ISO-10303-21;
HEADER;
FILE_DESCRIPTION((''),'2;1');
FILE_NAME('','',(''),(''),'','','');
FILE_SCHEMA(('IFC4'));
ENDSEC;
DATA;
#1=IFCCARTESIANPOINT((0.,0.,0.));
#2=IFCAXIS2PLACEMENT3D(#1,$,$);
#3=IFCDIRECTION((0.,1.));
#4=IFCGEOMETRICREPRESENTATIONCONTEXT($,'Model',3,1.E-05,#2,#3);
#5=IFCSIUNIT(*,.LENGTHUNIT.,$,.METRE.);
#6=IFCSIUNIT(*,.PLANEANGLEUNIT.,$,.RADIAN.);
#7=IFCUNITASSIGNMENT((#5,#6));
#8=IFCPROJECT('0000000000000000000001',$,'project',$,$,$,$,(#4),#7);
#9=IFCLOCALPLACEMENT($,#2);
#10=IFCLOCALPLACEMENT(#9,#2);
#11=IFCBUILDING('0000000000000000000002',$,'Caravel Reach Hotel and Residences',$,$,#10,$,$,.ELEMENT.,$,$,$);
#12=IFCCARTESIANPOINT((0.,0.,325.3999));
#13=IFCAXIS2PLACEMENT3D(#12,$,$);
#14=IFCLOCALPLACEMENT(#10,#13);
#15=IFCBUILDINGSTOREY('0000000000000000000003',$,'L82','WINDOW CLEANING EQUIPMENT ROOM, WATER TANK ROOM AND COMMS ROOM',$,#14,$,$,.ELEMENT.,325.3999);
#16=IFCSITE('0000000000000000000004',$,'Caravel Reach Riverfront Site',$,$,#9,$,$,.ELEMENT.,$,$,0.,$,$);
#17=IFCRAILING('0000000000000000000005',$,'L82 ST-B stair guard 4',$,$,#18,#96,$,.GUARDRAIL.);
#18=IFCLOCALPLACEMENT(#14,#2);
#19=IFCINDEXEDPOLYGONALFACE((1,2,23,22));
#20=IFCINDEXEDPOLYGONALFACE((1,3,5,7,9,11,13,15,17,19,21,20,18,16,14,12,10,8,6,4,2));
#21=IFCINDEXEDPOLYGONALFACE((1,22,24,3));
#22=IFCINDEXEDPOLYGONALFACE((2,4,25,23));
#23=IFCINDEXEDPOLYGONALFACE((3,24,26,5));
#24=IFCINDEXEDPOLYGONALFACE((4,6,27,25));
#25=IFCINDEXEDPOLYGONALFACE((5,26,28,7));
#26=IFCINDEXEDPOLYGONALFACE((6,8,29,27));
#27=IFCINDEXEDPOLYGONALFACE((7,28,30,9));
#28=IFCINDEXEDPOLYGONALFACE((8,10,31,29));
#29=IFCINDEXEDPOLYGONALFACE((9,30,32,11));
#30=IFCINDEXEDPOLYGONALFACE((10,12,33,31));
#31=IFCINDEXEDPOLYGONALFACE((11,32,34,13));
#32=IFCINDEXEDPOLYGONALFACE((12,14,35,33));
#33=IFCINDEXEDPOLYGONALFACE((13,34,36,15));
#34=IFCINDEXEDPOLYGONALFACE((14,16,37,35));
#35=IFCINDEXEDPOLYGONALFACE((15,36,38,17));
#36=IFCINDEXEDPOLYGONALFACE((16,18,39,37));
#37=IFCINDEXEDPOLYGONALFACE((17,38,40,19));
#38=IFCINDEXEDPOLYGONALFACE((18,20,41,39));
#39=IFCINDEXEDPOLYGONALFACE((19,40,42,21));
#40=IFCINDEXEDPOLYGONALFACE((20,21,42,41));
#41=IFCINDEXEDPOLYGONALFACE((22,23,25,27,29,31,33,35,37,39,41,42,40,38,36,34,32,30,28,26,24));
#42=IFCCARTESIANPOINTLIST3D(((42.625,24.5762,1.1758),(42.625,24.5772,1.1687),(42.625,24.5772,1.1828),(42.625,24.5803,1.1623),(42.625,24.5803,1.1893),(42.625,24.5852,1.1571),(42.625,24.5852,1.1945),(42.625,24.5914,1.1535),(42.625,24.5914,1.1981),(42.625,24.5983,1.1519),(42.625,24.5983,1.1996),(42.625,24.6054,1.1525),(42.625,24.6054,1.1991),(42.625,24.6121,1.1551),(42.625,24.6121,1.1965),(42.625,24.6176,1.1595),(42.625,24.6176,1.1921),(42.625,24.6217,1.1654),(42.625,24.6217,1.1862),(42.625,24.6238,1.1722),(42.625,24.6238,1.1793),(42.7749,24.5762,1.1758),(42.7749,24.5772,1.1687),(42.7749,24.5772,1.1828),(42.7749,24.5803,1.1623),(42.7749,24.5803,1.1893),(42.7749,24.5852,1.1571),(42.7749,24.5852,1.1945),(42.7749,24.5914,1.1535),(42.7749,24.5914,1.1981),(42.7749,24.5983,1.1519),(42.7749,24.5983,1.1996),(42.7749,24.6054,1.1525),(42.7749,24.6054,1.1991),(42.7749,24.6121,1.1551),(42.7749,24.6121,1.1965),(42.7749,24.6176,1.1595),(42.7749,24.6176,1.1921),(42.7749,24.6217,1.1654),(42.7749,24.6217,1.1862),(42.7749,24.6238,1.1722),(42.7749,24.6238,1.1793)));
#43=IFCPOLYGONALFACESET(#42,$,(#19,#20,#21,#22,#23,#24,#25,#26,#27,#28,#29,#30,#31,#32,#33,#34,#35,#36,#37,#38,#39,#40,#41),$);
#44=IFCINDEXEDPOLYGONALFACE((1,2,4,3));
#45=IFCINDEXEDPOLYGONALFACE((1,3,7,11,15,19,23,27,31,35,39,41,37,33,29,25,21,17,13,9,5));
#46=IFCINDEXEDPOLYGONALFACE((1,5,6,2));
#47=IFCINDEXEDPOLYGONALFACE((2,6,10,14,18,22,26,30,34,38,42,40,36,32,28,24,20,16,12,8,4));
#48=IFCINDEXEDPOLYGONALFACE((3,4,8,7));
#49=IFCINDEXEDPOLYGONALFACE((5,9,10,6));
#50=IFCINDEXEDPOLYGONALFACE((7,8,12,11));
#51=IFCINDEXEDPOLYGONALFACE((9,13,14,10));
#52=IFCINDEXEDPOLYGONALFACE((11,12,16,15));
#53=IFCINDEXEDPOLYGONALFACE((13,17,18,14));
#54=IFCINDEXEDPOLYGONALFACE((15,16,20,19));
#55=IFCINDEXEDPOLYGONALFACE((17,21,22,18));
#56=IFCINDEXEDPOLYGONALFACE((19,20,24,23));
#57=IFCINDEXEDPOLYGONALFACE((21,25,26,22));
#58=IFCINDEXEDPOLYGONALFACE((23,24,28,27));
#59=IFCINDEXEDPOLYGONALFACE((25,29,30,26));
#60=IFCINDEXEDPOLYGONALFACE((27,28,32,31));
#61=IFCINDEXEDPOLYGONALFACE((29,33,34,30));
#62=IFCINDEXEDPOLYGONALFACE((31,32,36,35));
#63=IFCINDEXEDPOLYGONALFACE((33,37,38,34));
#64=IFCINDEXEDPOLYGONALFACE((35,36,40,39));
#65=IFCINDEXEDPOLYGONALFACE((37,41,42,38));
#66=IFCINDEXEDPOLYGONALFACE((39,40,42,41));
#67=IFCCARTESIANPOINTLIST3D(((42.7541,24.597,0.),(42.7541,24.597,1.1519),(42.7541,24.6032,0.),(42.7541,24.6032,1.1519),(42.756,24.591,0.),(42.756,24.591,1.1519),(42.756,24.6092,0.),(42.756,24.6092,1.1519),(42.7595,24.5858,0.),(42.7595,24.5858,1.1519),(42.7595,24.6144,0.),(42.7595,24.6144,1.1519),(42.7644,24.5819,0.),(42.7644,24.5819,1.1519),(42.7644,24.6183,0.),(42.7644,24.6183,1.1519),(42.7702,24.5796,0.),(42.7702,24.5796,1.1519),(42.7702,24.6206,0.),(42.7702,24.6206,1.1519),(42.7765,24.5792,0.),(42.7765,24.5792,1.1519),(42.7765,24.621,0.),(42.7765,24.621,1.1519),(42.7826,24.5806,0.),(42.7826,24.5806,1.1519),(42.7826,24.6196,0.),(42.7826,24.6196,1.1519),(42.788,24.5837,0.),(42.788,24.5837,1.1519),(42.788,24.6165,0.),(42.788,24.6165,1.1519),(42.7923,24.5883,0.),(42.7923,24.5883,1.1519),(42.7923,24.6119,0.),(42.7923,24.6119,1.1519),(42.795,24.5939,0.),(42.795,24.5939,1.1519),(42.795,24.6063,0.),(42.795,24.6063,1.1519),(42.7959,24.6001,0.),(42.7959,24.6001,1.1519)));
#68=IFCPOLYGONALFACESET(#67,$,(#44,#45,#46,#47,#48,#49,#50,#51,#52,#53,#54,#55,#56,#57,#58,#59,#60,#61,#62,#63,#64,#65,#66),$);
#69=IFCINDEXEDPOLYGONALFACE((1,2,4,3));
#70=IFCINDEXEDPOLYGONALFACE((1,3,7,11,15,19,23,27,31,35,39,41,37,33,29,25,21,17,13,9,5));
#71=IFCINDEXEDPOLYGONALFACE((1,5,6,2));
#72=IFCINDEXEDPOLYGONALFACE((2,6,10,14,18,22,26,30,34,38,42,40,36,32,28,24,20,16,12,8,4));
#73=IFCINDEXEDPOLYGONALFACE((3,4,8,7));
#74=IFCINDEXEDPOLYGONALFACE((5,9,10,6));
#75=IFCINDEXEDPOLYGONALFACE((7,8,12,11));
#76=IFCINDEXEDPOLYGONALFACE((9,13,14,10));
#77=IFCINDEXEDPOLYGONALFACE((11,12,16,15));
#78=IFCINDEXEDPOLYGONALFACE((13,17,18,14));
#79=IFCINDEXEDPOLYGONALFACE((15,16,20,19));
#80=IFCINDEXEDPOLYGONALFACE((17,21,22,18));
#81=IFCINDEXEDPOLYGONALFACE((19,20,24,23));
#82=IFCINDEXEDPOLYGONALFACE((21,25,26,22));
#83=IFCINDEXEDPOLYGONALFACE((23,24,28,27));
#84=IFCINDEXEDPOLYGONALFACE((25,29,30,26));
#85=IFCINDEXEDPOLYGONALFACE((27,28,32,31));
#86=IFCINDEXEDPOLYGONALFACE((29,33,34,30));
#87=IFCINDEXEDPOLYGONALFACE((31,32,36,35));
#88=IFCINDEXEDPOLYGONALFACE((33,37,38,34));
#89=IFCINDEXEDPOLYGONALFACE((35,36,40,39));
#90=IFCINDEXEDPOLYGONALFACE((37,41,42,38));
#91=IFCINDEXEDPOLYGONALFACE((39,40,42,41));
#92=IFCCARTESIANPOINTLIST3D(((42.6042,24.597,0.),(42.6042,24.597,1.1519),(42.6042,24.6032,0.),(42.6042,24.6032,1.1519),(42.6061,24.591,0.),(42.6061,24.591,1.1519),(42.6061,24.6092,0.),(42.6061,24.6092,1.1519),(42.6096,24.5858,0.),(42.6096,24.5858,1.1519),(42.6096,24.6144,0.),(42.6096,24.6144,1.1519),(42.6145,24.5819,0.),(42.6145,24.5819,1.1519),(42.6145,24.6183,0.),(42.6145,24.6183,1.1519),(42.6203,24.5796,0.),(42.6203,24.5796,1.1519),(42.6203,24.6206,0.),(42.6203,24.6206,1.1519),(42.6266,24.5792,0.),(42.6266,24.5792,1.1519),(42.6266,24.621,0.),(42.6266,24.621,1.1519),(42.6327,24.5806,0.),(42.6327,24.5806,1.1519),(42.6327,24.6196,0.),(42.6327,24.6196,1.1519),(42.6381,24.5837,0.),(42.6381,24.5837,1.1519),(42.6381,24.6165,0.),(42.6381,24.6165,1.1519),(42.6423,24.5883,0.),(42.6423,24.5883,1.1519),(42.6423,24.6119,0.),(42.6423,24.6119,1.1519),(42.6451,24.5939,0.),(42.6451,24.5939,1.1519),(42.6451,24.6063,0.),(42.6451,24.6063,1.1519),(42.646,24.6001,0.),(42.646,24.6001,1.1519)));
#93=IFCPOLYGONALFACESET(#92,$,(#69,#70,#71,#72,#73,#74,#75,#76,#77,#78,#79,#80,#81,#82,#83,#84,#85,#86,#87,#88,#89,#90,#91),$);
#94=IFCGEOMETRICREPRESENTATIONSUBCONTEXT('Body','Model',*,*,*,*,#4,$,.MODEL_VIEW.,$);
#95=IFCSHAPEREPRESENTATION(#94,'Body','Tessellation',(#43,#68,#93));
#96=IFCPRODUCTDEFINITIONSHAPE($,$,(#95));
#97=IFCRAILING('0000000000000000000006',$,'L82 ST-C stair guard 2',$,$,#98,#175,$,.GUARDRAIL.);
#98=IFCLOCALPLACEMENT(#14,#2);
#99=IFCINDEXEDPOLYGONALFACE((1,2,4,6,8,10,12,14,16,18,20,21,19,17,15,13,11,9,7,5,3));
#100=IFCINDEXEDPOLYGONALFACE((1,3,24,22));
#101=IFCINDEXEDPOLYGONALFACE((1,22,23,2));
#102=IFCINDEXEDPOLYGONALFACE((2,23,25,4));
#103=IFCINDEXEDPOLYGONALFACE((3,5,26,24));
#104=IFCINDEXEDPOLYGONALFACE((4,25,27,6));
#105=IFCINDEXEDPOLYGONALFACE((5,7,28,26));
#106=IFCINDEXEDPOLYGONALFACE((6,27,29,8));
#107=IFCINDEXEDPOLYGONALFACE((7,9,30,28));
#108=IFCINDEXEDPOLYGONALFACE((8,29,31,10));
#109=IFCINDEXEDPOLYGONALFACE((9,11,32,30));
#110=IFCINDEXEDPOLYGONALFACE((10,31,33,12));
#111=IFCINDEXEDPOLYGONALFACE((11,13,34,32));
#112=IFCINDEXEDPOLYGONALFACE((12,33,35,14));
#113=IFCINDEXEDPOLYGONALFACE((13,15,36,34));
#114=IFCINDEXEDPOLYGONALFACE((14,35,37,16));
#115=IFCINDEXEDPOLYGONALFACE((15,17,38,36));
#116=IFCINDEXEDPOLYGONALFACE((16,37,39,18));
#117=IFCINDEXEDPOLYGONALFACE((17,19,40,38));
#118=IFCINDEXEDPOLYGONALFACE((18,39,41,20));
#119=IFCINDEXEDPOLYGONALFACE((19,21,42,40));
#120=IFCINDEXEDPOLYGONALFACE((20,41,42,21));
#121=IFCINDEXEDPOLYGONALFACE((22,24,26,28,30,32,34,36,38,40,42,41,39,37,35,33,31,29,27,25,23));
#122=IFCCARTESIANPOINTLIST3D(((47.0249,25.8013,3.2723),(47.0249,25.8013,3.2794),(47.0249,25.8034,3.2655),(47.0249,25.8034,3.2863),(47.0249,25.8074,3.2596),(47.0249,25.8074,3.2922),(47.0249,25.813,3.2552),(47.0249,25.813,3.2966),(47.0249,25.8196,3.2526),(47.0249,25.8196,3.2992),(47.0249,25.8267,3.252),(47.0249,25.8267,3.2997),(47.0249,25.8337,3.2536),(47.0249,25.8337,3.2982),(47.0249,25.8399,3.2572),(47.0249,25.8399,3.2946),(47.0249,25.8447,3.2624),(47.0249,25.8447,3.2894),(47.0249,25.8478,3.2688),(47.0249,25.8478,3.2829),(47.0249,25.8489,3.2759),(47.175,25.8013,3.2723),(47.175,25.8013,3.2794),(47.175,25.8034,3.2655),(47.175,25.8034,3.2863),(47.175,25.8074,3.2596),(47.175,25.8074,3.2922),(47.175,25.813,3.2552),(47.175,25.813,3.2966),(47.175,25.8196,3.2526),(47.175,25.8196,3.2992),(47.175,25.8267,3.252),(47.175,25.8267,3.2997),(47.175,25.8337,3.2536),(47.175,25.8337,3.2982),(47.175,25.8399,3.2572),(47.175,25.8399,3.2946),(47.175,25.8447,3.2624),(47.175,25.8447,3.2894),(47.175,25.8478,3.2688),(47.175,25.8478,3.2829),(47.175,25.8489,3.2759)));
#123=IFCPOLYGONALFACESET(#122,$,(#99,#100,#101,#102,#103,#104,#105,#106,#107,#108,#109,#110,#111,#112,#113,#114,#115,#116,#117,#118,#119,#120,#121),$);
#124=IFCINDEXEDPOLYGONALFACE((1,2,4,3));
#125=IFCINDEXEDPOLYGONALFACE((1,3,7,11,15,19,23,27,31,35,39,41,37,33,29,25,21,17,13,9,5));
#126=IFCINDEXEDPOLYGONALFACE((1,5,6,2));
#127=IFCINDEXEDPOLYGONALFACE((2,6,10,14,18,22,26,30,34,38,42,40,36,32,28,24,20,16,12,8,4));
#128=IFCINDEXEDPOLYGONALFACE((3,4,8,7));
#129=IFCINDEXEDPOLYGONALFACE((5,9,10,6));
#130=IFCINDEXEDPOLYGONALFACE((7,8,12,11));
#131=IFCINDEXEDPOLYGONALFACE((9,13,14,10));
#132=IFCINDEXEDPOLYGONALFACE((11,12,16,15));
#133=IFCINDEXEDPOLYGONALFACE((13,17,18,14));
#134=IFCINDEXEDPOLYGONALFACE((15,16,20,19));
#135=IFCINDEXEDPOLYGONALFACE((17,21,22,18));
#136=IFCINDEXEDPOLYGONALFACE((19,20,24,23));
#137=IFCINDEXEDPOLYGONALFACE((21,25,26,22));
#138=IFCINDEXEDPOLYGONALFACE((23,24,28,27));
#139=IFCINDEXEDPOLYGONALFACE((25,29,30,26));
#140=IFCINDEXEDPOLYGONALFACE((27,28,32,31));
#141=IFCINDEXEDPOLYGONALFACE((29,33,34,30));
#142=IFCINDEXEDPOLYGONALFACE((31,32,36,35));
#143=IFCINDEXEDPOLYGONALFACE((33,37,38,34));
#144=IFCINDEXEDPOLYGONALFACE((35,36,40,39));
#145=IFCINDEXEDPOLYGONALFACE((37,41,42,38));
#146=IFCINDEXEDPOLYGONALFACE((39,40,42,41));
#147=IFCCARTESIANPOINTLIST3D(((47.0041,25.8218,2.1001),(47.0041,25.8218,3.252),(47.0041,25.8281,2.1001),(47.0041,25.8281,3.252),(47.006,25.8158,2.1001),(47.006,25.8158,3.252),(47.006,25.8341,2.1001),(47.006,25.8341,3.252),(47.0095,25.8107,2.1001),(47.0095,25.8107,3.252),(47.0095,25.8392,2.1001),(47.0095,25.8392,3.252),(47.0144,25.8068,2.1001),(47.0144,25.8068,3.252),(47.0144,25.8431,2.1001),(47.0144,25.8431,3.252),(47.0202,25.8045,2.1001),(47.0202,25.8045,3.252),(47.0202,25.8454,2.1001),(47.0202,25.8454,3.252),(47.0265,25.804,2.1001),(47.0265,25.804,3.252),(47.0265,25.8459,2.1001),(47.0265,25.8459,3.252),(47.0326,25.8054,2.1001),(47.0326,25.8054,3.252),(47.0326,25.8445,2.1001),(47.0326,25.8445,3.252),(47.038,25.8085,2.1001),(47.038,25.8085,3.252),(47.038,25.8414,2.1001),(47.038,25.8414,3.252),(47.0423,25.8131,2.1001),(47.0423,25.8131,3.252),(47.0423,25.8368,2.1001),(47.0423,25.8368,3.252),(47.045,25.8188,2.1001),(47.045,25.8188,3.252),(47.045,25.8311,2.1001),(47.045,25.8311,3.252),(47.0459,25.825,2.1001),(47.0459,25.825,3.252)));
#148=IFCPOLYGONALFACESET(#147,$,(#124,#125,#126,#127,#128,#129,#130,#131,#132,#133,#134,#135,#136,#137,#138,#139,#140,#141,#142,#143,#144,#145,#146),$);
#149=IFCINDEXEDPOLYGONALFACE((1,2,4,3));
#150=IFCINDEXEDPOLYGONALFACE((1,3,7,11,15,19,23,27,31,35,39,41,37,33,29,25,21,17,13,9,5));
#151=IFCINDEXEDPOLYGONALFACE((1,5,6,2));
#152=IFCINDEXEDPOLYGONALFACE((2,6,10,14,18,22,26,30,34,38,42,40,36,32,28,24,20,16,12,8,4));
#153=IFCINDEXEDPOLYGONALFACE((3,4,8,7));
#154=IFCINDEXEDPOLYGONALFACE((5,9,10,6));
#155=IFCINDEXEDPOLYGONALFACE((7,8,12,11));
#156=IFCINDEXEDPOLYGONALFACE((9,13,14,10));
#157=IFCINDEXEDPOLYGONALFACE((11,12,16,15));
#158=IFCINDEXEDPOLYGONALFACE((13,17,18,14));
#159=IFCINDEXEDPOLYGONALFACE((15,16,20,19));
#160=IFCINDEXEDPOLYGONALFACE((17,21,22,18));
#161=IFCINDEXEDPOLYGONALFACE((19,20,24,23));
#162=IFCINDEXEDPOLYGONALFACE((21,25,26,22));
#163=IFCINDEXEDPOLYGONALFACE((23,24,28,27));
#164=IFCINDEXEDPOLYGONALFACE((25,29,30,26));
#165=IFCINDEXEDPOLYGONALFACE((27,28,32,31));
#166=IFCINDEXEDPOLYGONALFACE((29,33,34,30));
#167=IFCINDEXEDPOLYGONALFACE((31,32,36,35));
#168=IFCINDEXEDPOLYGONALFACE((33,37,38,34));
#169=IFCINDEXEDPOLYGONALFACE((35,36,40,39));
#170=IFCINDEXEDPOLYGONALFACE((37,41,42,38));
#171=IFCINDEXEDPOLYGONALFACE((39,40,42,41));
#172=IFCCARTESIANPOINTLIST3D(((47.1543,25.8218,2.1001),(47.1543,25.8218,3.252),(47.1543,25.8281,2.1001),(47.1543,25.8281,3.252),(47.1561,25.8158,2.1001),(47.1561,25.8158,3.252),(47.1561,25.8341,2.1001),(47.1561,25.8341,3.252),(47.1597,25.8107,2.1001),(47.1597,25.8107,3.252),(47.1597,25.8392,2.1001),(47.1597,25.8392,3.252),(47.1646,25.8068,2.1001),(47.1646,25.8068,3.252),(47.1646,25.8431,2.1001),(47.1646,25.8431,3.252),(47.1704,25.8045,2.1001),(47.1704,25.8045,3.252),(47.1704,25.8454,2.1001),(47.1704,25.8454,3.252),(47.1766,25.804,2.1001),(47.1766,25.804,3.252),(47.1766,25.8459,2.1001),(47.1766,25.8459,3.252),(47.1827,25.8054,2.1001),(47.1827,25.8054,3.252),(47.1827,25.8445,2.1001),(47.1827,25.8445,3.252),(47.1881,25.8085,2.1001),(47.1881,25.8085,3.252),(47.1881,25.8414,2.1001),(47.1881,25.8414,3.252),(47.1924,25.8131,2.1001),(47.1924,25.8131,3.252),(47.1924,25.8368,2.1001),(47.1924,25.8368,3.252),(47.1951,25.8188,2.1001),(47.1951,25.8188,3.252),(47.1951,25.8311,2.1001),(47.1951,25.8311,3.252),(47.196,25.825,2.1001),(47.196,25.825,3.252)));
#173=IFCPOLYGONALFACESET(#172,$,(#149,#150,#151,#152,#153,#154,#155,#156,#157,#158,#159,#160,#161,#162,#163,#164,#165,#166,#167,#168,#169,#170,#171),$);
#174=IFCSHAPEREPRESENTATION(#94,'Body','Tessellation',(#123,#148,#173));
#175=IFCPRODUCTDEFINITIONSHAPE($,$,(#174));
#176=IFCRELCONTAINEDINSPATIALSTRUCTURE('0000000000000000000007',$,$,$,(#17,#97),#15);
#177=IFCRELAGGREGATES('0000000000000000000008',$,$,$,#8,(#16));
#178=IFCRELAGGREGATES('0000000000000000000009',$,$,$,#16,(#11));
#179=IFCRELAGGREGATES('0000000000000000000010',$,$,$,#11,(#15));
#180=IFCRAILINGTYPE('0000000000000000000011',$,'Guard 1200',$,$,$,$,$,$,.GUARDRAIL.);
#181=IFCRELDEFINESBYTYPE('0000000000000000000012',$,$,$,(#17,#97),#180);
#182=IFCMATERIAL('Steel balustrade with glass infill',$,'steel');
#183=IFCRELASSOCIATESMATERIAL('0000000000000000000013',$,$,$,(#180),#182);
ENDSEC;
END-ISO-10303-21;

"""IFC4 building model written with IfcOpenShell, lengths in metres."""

from ifc_helpers import new_model, si_unit, direction, frame, origin, origin_2d, place, context, subcontext, project, spatial, circle, extrude, material, type_object, element, save


model = new_model("IFC4")

# Units and contexts
model_context = context("Model", 3, precision=1e-05, world=origin(), true_north=direction((0.0, 1.0)))
body_context = subcontext(model_context, "Body", "Model", "MODEL_VIEW")
ifc_project = project(units=[si_unit("LENGTHUNIT", "METRE"), si_unit("PLANEANGLEUNIT", "RADIAN")], contexts=[model_context])

# Site, building, storey
site_placement = place(None, origin())
site = spatial("IfcSite", under=ifc_project, at=site_placement, Name="Caravel Reach Riverfront Site", CompositionType="ELEMENT", RefElevation=0.0)
building_placement = place(site_placement, origin())
building = spatial("IfcBuilding", under=site, at=building_placement, Name="Caravel Reach Hotel and Residences", CompositionType="ELEMENT")
storey_placement = place(building_placement, frame((0.0, 0.0, 325.3999)))
storey = spatial("IfcBuildingStorey", under=building, at=storey_placement, Name="L82", Description="WINDOW CLEANING EQUIPMENT ROOM, WATER TANK ROOM AND COMMS ROOM", CompositionType="ELEMENT", Elevation=325.3999)

# Railings
ifc_material_1 = material(Name="Steel balustrade with glass infill", Category="steel")
railing_type_1 = type_object("IfcRailingType", Name="Guard 1200", PredefinedType="GUARDRAIL", material=ifc_material_1)
railing_1_placement = place(storey_placement, frame((42.7749, 24.6001, 0.0)))
element("IfcRailing", 1, at=railing_1_placement, inside=storey, type_object=railing_type_1, Name="L82 ST-B stair guard 4", PredefinedType="GUARDRAIL", context=body_context, shape_type="SweptSolid", body=[
    extrude(circle(Radius=0.0239, at=origin_2d()), frame((0.0, 0.0, 1.1758), z_axis=(-1.0, 0.0, 0.0), x_axis=(0.0, -1.0, 0.0)), (0.0, 0.0, 1.0), 0.1499),
    extrude(circle(Radius=0.021, at=origin_2d()), origin(), (0.0, 0.0, 1.0), 1.1519),
    extrude(circle(Radius=0.021, at=origin_2d()), frame((-0.1499, 0.0, 0.0)), (0.0, 0.0, 1.0), 1.1519),
])
railing_2_placement = place(storey_placement, frame((47.0249, 25.825, 2.1001)))
element("IfcRailing", 2, at=railing_2_placement, inside=storey, type_object=railing_type_1, Name="L82 ST-C stair guard 2", PredefinedType="GUARDRAIL", context=body_context, shape_type="SweptSolid", body=[
    extrude(circle(Radius=0.0239, at=origin_2d()), frame((0.0, 0.0, 1.1758), z_axis=(1.0, 0.0, 0.0), x_axis=(0.0, 1.0, 0.0)), (0.0, 0.0, 1.0), 0.1501),
    extrude(circle(Radius=0.021, at=origin_2d()), origin(), (0.0, 0.0, 1.0), 1.1519),
    extrude(circle(Radius=0.021, at=origin_2d()), frame((0.1501, 0.0, 0.0)), (0.0, 0.0, 1.0), 1.1519),
])

save(model, "model.ifc")
